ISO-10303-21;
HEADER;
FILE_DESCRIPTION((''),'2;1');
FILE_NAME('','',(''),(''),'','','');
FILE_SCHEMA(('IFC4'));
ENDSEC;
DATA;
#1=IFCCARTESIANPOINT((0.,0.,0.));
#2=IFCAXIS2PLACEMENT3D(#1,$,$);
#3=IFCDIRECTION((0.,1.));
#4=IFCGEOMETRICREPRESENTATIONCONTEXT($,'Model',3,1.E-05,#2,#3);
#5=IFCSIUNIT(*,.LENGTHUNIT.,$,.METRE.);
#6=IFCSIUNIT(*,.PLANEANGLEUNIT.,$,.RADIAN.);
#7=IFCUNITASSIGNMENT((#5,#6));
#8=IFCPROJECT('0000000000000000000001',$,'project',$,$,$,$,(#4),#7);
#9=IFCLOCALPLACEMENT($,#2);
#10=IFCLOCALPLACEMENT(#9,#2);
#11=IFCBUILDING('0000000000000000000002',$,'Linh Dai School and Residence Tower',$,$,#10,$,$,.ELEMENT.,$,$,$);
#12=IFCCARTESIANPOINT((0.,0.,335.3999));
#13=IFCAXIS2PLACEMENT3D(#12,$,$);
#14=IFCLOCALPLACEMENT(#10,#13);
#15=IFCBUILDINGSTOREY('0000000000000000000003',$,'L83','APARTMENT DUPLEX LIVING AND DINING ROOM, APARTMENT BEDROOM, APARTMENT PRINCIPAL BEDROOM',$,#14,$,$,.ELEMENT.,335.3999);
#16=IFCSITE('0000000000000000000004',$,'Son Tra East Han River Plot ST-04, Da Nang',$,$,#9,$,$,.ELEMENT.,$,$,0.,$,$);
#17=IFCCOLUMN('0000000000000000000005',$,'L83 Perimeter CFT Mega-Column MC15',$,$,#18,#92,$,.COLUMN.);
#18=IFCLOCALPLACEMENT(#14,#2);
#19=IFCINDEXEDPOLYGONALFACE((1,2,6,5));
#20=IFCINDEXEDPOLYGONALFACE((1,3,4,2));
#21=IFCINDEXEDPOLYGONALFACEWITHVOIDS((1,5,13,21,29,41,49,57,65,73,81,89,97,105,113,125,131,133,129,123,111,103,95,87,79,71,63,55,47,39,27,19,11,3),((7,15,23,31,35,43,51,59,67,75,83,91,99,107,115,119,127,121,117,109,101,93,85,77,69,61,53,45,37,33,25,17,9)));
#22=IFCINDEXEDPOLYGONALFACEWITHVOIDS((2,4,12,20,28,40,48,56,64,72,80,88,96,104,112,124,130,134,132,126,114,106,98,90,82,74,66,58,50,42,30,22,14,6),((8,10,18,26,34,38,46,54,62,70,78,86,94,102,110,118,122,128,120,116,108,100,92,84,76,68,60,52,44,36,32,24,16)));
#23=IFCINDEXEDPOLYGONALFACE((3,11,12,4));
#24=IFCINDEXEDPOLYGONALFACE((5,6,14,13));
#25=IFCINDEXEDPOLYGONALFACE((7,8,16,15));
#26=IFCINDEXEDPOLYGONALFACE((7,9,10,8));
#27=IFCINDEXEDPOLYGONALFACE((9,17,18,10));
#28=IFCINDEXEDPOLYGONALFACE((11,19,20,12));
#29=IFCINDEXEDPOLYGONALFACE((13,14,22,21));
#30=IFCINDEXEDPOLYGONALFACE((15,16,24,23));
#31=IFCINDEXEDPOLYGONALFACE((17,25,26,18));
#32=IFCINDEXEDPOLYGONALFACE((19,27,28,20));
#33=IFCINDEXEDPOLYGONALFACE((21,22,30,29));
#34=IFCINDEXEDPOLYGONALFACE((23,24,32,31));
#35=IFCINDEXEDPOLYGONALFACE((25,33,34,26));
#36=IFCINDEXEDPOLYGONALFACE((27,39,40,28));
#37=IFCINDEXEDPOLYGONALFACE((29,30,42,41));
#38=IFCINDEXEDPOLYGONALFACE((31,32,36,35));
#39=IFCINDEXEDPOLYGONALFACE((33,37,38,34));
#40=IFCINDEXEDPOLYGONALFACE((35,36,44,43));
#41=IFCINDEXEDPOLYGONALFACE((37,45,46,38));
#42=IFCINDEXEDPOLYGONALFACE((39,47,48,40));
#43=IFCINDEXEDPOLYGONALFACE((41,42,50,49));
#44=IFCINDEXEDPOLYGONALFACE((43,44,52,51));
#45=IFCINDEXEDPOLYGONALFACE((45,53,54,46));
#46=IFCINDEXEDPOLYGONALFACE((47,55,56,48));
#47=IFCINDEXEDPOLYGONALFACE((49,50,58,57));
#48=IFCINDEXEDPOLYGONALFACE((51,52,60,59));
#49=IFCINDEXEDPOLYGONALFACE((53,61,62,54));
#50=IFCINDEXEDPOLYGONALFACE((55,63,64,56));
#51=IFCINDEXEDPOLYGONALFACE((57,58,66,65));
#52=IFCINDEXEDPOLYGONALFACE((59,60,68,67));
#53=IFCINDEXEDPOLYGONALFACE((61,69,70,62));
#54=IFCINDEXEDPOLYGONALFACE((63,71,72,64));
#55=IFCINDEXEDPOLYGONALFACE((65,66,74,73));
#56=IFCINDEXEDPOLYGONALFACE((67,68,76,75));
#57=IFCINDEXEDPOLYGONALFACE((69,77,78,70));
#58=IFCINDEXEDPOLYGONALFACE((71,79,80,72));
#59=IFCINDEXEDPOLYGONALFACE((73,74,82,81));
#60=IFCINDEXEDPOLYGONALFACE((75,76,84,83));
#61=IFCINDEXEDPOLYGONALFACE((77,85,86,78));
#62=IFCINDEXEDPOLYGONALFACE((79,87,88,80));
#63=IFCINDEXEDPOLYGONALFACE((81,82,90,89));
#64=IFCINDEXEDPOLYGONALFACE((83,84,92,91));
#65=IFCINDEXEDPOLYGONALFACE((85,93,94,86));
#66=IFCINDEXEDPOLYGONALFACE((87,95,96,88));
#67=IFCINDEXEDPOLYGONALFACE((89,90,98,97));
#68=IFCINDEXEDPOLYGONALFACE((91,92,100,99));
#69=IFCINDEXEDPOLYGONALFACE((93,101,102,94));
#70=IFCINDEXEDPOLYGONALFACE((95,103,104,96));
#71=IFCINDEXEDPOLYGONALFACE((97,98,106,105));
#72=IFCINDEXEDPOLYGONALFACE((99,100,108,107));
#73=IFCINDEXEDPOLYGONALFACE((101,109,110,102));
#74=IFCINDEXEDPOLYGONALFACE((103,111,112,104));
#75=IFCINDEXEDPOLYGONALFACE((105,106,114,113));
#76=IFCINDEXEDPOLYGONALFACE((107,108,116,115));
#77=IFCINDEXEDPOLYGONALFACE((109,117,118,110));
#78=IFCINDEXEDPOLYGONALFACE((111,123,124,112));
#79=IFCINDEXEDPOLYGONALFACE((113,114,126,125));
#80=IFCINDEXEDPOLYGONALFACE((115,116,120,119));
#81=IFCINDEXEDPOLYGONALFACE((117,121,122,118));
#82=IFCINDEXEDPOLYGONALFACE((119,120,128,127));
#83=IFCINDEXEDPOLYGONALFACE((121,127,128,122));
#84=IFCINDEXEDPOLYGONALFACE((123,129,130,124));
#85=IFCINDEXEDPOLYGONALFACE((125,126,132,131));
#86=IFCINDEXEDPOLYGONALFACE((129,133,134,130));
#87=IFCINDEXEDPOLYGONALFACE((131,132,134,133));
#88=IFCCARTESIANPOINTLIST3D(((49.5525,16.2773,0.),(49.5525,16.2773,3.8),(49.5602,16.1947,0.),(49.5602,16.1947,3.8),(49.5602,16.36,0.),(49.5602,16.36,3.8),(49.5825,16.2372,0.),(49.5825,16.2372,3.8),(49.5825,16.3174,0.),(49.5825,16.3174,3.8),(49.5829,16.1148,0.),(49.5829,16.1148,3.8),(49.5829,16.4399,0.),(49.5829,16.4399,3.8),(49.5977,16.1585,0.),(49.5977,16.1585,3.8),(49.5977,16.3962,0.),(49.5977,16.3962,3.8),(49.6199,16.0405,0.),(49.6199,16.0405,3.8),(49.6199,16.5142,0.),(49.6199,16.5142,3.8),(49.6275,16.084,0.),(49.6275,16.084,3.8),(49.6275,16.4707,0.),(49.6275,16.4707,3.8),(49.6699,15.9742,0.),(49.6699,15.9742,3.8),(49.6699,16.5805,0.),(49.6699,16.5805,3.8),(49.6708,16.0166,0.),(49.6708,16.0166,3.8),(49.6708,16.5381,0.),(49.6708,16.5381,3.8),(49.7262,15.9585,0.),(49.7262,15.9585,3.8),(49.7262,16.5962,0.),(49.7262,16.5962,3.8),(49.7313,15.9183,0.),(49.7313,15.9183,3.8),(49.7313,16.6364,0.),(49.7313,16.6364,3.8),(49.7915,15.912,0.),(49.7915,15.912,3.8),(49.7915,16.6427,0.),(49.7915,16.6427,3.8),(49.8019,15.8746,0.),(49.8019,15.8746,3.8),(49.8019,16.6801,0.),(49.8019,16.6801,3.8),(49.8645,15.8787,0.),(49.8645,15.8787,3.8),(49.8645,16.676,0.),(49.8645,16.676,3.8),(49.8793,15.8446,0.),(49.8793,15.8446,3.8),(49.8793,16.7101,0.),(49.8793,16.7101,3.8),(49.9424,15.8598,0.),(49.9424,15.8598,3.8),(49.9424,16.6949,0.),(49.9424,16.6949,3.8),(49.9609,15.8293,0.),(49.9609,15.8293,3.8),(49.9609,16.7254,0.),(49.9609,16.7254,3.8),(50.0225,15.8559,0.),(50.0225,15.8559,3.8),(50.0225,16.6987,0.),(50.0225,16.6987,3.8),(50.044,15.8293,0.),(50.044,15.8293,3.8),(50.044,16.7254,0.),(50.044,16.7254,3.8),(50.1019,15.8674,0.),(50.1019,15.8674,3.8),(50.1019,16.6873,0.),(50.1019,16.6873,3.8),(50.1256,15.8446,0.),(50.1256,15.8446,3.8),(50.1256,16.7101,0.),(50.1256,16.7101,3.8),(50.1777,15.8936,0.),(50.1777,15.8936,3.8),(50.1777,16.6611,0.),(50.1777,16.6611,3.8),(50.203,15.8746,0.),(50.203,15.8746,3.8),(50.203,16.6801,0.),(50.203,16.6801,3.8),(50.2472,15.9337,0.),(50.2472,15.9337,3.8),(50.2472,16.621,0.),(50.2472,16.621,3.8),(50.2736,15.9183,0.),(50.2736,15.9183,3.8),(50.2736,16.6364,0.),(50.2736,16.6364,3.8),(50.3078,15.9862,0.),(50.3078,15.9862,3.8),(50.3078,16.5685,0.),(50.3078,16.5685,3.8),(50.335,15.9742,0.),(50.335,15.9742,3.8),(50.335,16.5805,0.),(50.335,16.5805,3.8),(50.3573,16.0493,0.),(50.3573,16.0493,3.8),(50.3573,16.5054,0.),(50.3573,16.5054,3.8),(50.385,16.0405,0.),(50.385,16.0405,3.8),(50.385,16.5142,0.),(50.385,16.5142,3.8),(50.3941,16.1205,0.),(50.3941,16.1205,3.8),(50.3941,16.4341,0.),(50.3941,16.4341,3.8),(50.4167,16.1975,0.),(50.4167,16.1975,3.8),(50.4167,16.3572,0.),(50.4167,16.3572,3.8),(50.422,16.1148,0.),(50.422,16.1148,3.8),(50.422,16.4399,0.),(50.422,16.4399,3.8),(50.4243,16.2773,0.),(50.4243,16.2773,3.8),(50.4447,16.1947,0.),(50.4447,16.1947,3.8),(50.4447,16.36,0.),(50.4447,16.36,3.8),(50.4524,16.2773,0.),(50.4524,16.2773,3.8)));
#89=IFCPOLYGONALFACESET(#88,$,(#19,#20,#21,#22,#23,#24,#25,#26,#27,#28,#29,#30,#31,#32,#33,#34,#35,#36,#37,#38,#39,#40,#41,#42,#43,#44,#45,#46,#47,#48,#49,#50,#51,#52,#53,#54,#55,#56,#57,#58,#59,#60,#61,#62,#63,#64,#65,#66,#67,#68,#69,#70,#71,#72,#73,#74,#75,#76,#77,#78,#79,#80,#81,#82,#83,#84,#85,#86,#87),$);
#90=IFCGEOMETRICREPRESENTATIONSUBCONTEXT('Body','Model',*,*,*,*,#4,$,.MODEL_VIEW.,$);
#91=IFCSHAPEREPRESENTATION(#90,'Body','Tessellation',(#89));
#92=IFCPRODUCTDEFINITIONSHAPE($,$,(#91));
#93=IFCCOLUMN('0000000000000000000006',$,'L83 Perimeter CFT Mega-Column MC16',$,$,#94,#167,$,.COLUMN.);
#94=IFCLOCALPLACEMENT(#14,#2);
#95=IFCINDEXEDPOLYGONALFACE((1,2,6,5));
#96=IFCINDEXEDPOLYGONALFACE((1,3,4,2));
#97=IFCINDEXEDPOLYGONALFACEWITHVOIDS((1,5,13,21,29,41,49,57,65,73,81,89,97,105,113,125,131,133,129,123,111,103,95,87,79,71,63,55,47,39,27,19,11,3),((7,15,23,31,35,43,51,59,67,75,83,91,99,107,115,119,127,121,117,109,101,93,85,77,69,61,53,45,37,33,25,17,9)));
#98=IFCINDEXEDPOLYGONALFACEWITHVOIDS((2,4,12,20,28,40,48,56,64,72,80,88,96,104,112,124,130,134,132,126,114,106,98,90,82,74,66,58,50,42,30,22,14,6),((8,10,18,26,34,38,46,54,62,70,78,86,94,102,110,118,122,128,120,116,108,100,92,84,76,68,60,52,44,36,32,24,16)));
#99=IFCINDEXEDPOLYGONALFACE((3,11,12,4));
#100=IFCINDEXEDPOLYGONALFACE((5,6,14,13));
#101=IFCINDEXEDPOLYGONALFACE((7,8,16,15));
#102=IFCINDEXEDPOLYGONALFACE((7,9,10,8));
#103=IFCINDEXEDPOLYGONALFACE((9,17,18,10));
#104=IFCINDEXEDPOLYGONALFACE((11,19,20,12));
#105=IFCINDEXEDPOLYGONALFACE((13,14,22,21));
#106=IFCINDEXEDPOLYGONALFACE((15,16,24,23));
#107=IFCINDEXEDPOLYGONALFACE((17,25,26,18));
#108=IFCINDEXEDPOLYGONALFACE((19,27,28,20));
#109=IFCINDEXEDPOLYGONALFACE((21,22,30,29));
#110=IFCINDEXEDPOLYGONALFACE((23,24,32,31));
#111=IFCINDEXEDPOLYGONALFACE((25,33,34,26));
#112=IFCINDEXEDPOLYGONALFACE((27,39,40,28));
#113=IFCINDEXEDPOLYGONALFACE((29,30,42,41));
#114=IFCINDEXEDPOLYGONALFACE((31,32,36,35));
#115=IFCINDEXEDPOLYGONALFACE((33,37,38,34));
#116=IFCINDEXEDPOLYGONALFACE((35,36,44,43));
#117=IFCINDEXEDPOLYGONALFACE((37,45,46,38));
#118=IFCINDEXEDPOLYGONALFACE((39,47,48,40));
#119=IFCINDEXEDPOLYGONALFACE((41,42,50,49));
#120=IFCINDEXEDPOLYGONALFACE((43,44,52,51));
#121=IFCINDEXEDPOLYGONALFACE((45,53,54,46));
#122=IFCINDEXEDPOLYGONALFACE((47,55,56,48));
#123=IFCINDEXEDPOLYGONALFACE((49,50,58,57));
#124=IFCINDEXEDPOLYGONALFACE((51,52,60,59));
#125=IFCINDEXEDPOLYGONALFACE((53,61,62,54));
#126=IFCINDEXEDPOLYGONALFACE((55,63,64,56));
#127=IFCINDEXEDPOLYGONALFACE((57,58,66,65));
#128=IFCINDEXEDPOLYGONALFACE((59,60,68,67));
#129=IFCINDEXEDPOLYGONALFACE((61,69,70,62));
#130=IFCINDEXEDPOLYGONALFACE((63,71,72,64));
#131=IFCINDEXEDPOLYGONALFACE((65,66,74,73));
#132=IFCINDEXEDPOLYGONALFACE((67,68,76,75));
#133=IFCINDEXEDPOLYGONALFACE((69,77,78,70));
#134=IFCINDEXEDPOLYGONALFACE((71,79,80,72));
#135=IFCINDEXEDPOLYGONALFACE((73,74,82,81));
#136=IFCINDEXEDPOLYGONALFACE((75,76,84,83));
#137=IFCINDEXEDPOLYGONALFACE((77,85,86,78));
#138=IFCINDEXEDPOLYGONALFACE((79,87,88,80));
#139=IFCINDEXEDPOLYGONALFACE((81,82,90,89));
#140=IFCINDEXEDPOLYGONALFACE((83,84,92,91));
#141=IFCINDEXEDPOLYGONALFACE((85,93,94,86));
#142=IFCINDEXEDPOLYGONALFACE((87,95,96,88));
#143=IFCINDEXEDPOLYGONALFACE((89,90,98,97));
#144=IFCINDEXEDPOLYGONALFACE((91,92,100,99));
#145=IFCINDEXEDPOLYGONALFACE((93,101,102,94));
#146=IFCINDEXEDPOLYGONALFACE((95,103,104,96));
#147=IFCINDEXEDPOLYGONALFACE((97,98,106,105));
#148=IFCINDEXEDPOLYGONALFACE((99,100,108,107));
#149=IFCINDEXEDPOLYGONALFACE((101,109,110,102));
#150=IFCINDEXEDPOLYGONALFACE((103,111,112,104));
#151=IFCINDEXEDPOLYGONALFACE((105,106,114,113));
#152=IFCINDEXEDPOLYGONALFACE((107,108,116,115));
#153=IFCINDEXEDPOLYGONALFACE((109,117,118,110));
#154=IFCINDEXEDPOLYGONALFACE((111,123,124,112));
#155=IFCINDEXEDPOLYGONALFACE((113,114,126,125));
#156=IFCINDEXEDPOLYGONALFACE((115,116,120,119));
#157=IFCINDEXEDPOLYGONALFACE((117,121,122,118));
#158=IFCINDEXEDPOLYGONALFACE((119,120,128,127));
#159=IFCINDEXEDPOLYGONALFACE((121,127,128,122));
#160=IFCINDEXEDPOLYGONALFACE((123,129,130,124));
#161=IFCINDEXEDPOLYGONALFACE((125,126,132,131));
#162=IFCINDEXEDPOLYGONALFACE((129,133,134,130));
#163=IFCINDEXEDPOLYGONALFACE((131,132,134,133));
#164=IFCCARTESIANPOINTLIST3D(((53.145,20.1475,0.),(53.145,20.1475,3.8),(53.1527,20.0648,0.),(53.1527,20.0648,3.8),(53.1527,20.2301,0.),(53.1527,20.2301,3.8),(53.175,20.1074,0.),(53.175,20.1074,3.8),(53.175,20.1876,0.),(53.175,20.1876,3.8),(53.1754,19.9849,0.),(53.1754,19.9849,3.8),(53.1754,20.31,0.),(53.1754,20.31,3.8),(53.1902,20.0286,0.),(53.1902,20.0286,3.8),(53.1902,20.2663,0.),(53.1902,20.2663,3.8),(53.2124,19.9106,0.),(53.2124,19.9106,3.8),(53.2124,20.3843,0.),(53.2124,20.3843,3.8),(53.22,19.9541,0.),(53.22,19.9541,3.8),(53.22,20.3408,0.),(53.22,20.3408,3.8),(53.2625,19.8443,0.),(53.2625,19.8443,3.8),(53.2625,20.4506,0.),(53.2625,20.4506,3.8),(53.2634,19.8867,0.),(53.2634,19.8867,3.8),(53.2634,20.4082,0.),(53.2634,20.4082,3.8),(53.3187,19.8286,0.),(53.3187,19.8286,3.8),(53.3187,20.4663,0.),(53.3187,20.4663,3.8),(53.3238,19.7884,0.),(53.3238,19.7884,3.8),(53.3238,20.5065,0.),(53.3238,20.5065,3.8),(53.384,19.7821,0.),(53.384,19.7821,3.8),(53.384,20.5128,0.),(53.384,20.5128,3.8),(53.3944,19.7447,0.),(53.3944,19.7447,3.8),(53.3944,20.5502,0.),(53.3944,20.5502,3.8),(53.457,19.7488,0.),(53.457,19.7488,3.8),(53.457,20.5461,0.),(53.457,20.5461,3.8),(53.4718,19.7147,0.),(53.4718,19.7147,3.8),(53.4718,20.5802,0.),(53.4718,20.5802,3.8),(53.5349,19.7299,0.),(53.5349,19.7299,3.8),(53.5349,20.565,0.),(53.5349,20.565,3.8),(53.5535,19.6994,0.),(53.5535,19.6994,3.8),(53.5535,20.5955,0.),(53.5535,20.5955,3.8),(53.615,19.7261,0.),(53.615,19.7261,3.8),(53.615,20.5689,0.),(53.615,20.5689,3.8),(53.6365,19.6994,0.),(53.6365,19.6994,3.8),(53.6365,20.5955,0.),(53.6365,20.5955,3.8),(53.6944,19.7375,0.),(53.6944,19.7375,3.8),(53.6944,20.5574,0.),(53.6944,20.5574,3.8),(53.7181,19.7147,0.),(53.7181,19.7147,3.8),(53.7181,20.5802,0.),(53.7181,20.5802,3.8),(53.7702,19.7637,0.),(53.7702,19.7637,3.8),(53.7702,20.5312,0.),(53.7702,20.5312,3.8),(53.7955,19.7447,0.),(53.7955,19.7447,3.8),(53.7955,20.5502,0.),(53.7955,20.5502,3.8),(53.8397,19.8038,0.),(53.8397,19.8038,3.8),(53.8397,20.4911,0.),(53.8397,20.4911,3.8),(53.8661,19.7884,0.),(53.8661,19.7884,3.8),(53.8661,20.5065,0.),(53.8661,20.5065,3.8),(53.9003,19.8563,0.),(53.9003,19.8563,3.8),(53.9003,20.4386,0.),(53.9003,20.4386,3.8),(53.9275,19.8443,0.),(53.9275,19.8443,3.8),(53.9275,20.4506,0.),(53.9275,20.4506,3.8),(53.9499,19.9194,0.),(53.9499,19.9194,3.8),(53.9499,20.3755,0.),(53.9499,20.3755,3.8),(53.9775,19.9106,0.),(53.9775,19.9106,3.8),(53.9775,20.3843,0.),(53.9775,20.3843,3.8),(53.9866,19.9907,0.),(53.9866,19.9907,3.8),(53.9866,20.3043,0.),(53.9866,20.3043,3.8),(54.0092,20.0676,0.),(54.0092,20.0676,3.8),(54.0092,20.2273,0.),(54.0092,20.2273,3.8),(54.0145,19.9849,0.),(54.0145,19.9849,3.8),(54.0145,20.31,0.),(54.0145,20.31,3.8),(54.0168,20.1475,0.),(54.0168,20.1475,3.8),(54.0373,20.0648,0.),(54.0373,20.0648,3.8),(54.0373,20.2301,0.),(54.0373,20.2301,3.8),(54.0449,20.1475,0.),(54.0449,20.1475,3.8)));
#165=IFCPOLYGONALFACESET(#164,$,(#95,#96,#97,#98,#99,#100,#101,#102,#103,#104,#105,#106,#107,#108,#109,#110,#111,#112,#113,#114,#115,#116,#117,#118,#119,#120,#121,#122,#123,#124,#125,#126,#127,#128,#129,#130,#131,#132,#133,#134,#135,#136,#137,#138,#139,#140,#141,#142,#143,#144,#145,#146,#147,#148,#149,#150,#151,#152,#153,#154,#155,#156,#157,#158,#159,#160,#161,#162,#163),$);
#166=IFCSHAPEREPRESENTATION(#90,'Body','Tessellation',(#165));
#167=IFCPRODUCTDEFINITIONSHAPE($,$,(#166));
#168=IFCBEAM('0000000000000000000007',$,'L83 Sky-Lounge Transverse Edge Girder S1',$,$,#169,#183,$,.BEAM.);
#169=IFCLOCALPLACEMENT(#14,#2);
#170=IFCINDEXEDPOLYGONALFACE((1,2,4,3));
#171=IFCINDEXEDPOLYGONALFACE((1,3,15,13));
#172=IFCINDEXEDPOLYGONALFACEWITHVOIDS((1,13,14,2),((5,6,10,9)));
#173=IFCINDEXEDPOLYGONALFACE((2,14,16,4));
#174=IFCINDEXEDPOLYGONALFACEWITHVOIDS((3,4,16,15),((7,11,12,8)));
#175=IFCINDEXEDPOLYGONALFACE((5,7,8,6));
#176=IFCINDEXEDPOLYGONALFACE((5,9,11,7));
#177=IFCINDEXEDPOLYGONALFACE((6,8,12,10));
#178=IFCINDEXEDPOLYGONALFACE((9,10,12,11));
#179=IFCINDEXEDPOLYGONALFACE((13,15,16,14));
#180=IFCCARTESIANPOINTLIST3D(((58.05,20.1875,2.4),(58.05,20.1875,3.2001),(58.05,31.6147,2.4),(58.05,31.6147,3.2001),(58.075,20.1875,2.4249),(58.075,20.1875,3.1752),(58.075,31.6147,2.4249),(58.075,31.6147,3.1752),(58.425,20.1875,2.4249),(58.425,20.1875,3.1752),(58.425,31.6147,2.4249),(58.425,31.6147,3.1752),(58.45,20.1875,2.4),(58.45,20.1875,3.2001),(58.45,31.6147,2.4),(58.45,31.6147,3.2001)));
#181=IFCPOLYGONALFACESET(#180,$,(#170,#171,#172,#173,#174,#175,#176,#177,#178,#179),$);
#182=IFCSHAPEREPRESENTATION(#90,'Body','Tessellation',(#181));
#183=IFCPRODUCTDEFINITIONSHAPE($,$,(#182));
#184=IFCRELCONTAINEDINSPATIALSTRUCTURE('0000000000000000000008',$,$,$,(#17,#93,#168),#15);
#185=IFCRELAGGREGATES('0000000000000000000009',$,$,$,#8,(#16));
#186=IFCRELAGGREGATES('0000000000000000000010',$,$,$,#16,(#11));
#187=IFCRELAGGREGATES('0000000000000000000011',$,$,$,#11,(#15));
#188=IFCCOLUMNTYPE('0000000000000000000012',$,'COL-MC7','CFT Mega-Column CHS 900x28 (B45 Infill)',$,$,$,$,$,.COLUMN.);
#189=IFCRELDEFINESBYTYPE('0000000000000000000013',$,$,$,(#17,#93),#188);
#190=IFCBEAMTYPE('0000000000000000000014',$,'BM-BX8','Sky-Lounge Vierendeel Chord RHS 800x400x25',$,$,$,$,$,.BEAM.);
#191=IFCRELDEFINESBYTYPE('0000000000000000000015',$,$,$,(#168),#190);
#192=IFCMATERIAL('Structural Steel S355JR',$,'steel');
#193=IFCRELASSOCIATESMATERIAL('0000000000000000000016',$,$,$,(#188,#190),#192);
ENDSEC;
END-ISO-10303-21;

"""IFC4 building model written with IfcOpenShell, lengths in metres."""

from ifc_helpers import new_model, si_unit, direction, frame, origin, origin_2d, place, context, subcontext, project, spatial, hollow_rectangle, hollow_circle, extrude, material, material_profile, profile_set, type_object, element, save


model = new_model("IFC4")

# Units and contexts
model_context = context("Model", 3, precision=1e-05, world=origin(), true_north=direction((0.0, 1.0)))
body_context = subcontext(model_context, "Body", "Model", "MODEL_VIEW")
ifc_project = project(units=[si_unit("LENGTHUNIT", "METRE"), si_unit("PLANEANGLEUNIT", "RADIAN")], contexts=[model_context])

# Site, building, storey
site_placement = place(None, origin())
site = spatial("IfcSite", under=ifc_project, at=site_placement, Name="Son Tra East Han River Plot ST-04, Da Nang", CompositionType="ELEMENT", RefElevation=0.0)
building_placement = place(site_placement, origin())
building = spatial("IfcBuilding", under=site, at=building_placement, Name="Linh Dai School and Residence Tower", CompositionType="ELEMENT")
storey_placement = place(building_placement, frame((0.0, 0.0, 335.3999)))
storey = spatial("IfcBuildingStorey", under=building, at=storey_placement, Name="L83", Description="APARTMENT DUPLEX LIVING AND DINING ROOM, APARTMENT BEDROOM, APARTMENT PRINCIPAL BEDROOM", CompositionType="ELEMENT", Elevation=335.3999)

# Columns
ifc_material_1 = material(Name="Structural Steel S355JR", Category="steel")
ifc_material_profile_1 = material_profile(ifc_material_1, hollow_circle(Radius=0.45, WallThickness=0.0281, at=origin_2d()), Name="CHS 900x28")
ifc_profile_set_1 = profile_set([ifc_material_profile_1], Name="Structural Steel S355JR")
column_type = type_object("IfcColumnType", Name="COL-MC7", Description="CFT Mega-Column CHS 900x28 (B45 Infill)", PredefinedType="COLUMN", material=ifc_profile_set_1)
for number, where, z_axis, x_axis, name in (
    (1, (50.0024, 16.2773, 0.0), (0.0, 0.0, 1.0), (1.0, 0.0, 0.0), "L83 Perimeter CFT Mega-Column MC15"),
    (2, (53.595, 20.1475, 0.0), (0.0, 0.0, 1.0), (1.0, 0.0, 0.0), "L83 Perimeter CFT Mega-Column MC16"),
):
    element("IfcColumn", number, at=place(storey_placement, frame(where, z_axis=z_axis, x_axis=x_axis)), inside=storey, type_object=column_type, Name=name, PredefinedType="COLUMN", context=body_context, shape_type="SweptSolid", body=[
        extrude(hollow_circle(Radius=0.45, WallThickness=0.0281, at=origin_2d()), origin(), (0.0, 0.0, 1.0), 3.8),
    ])

# Beam
ifc_material_profile_2 = material_profile(ifc_material_1, hollow_rectangle(XDim=0.3999, YDim=0.8, WallThickness=0.0249, at=origin_2d()), Name="RHS 800x400x25")
ifc_profile_set_2 = profile_set([ifc_material_profile_2], Name="Structural Steel S355JR")
beam_type_1 = type_object("IfcBeamType", Name="BM-BX8", Description="Sky-Lounge Vierendeel Chord RHS 800x400x25", PredefinedType="BEAM", material=ifc_profile_set_2)
beam_1_placement = place(storey_placement, frame((58.25, 20.1875, 2.8), z_axis=(0.0, 1.0, 0.0), x_axis=(-1.0, 0.0, 0.0)))
element("IfcBeam", 3, at=beam_1_placement, inside=storey, type_object=beam_type_1, Name="L83 Sky-Lounge Transverse Edge Girder S1", PredefinedType="BEAM", context=body_context, shape_type="SweptSolid", body=[
    extrude(hollow_rectangle(XDim=0.3999, YDim=0.8, WallThickness=0.0249, at=origin_2d()), origin(), (0.0, 0.0, 1.0), 11.4272),
])

save(model, "model.ifc")
